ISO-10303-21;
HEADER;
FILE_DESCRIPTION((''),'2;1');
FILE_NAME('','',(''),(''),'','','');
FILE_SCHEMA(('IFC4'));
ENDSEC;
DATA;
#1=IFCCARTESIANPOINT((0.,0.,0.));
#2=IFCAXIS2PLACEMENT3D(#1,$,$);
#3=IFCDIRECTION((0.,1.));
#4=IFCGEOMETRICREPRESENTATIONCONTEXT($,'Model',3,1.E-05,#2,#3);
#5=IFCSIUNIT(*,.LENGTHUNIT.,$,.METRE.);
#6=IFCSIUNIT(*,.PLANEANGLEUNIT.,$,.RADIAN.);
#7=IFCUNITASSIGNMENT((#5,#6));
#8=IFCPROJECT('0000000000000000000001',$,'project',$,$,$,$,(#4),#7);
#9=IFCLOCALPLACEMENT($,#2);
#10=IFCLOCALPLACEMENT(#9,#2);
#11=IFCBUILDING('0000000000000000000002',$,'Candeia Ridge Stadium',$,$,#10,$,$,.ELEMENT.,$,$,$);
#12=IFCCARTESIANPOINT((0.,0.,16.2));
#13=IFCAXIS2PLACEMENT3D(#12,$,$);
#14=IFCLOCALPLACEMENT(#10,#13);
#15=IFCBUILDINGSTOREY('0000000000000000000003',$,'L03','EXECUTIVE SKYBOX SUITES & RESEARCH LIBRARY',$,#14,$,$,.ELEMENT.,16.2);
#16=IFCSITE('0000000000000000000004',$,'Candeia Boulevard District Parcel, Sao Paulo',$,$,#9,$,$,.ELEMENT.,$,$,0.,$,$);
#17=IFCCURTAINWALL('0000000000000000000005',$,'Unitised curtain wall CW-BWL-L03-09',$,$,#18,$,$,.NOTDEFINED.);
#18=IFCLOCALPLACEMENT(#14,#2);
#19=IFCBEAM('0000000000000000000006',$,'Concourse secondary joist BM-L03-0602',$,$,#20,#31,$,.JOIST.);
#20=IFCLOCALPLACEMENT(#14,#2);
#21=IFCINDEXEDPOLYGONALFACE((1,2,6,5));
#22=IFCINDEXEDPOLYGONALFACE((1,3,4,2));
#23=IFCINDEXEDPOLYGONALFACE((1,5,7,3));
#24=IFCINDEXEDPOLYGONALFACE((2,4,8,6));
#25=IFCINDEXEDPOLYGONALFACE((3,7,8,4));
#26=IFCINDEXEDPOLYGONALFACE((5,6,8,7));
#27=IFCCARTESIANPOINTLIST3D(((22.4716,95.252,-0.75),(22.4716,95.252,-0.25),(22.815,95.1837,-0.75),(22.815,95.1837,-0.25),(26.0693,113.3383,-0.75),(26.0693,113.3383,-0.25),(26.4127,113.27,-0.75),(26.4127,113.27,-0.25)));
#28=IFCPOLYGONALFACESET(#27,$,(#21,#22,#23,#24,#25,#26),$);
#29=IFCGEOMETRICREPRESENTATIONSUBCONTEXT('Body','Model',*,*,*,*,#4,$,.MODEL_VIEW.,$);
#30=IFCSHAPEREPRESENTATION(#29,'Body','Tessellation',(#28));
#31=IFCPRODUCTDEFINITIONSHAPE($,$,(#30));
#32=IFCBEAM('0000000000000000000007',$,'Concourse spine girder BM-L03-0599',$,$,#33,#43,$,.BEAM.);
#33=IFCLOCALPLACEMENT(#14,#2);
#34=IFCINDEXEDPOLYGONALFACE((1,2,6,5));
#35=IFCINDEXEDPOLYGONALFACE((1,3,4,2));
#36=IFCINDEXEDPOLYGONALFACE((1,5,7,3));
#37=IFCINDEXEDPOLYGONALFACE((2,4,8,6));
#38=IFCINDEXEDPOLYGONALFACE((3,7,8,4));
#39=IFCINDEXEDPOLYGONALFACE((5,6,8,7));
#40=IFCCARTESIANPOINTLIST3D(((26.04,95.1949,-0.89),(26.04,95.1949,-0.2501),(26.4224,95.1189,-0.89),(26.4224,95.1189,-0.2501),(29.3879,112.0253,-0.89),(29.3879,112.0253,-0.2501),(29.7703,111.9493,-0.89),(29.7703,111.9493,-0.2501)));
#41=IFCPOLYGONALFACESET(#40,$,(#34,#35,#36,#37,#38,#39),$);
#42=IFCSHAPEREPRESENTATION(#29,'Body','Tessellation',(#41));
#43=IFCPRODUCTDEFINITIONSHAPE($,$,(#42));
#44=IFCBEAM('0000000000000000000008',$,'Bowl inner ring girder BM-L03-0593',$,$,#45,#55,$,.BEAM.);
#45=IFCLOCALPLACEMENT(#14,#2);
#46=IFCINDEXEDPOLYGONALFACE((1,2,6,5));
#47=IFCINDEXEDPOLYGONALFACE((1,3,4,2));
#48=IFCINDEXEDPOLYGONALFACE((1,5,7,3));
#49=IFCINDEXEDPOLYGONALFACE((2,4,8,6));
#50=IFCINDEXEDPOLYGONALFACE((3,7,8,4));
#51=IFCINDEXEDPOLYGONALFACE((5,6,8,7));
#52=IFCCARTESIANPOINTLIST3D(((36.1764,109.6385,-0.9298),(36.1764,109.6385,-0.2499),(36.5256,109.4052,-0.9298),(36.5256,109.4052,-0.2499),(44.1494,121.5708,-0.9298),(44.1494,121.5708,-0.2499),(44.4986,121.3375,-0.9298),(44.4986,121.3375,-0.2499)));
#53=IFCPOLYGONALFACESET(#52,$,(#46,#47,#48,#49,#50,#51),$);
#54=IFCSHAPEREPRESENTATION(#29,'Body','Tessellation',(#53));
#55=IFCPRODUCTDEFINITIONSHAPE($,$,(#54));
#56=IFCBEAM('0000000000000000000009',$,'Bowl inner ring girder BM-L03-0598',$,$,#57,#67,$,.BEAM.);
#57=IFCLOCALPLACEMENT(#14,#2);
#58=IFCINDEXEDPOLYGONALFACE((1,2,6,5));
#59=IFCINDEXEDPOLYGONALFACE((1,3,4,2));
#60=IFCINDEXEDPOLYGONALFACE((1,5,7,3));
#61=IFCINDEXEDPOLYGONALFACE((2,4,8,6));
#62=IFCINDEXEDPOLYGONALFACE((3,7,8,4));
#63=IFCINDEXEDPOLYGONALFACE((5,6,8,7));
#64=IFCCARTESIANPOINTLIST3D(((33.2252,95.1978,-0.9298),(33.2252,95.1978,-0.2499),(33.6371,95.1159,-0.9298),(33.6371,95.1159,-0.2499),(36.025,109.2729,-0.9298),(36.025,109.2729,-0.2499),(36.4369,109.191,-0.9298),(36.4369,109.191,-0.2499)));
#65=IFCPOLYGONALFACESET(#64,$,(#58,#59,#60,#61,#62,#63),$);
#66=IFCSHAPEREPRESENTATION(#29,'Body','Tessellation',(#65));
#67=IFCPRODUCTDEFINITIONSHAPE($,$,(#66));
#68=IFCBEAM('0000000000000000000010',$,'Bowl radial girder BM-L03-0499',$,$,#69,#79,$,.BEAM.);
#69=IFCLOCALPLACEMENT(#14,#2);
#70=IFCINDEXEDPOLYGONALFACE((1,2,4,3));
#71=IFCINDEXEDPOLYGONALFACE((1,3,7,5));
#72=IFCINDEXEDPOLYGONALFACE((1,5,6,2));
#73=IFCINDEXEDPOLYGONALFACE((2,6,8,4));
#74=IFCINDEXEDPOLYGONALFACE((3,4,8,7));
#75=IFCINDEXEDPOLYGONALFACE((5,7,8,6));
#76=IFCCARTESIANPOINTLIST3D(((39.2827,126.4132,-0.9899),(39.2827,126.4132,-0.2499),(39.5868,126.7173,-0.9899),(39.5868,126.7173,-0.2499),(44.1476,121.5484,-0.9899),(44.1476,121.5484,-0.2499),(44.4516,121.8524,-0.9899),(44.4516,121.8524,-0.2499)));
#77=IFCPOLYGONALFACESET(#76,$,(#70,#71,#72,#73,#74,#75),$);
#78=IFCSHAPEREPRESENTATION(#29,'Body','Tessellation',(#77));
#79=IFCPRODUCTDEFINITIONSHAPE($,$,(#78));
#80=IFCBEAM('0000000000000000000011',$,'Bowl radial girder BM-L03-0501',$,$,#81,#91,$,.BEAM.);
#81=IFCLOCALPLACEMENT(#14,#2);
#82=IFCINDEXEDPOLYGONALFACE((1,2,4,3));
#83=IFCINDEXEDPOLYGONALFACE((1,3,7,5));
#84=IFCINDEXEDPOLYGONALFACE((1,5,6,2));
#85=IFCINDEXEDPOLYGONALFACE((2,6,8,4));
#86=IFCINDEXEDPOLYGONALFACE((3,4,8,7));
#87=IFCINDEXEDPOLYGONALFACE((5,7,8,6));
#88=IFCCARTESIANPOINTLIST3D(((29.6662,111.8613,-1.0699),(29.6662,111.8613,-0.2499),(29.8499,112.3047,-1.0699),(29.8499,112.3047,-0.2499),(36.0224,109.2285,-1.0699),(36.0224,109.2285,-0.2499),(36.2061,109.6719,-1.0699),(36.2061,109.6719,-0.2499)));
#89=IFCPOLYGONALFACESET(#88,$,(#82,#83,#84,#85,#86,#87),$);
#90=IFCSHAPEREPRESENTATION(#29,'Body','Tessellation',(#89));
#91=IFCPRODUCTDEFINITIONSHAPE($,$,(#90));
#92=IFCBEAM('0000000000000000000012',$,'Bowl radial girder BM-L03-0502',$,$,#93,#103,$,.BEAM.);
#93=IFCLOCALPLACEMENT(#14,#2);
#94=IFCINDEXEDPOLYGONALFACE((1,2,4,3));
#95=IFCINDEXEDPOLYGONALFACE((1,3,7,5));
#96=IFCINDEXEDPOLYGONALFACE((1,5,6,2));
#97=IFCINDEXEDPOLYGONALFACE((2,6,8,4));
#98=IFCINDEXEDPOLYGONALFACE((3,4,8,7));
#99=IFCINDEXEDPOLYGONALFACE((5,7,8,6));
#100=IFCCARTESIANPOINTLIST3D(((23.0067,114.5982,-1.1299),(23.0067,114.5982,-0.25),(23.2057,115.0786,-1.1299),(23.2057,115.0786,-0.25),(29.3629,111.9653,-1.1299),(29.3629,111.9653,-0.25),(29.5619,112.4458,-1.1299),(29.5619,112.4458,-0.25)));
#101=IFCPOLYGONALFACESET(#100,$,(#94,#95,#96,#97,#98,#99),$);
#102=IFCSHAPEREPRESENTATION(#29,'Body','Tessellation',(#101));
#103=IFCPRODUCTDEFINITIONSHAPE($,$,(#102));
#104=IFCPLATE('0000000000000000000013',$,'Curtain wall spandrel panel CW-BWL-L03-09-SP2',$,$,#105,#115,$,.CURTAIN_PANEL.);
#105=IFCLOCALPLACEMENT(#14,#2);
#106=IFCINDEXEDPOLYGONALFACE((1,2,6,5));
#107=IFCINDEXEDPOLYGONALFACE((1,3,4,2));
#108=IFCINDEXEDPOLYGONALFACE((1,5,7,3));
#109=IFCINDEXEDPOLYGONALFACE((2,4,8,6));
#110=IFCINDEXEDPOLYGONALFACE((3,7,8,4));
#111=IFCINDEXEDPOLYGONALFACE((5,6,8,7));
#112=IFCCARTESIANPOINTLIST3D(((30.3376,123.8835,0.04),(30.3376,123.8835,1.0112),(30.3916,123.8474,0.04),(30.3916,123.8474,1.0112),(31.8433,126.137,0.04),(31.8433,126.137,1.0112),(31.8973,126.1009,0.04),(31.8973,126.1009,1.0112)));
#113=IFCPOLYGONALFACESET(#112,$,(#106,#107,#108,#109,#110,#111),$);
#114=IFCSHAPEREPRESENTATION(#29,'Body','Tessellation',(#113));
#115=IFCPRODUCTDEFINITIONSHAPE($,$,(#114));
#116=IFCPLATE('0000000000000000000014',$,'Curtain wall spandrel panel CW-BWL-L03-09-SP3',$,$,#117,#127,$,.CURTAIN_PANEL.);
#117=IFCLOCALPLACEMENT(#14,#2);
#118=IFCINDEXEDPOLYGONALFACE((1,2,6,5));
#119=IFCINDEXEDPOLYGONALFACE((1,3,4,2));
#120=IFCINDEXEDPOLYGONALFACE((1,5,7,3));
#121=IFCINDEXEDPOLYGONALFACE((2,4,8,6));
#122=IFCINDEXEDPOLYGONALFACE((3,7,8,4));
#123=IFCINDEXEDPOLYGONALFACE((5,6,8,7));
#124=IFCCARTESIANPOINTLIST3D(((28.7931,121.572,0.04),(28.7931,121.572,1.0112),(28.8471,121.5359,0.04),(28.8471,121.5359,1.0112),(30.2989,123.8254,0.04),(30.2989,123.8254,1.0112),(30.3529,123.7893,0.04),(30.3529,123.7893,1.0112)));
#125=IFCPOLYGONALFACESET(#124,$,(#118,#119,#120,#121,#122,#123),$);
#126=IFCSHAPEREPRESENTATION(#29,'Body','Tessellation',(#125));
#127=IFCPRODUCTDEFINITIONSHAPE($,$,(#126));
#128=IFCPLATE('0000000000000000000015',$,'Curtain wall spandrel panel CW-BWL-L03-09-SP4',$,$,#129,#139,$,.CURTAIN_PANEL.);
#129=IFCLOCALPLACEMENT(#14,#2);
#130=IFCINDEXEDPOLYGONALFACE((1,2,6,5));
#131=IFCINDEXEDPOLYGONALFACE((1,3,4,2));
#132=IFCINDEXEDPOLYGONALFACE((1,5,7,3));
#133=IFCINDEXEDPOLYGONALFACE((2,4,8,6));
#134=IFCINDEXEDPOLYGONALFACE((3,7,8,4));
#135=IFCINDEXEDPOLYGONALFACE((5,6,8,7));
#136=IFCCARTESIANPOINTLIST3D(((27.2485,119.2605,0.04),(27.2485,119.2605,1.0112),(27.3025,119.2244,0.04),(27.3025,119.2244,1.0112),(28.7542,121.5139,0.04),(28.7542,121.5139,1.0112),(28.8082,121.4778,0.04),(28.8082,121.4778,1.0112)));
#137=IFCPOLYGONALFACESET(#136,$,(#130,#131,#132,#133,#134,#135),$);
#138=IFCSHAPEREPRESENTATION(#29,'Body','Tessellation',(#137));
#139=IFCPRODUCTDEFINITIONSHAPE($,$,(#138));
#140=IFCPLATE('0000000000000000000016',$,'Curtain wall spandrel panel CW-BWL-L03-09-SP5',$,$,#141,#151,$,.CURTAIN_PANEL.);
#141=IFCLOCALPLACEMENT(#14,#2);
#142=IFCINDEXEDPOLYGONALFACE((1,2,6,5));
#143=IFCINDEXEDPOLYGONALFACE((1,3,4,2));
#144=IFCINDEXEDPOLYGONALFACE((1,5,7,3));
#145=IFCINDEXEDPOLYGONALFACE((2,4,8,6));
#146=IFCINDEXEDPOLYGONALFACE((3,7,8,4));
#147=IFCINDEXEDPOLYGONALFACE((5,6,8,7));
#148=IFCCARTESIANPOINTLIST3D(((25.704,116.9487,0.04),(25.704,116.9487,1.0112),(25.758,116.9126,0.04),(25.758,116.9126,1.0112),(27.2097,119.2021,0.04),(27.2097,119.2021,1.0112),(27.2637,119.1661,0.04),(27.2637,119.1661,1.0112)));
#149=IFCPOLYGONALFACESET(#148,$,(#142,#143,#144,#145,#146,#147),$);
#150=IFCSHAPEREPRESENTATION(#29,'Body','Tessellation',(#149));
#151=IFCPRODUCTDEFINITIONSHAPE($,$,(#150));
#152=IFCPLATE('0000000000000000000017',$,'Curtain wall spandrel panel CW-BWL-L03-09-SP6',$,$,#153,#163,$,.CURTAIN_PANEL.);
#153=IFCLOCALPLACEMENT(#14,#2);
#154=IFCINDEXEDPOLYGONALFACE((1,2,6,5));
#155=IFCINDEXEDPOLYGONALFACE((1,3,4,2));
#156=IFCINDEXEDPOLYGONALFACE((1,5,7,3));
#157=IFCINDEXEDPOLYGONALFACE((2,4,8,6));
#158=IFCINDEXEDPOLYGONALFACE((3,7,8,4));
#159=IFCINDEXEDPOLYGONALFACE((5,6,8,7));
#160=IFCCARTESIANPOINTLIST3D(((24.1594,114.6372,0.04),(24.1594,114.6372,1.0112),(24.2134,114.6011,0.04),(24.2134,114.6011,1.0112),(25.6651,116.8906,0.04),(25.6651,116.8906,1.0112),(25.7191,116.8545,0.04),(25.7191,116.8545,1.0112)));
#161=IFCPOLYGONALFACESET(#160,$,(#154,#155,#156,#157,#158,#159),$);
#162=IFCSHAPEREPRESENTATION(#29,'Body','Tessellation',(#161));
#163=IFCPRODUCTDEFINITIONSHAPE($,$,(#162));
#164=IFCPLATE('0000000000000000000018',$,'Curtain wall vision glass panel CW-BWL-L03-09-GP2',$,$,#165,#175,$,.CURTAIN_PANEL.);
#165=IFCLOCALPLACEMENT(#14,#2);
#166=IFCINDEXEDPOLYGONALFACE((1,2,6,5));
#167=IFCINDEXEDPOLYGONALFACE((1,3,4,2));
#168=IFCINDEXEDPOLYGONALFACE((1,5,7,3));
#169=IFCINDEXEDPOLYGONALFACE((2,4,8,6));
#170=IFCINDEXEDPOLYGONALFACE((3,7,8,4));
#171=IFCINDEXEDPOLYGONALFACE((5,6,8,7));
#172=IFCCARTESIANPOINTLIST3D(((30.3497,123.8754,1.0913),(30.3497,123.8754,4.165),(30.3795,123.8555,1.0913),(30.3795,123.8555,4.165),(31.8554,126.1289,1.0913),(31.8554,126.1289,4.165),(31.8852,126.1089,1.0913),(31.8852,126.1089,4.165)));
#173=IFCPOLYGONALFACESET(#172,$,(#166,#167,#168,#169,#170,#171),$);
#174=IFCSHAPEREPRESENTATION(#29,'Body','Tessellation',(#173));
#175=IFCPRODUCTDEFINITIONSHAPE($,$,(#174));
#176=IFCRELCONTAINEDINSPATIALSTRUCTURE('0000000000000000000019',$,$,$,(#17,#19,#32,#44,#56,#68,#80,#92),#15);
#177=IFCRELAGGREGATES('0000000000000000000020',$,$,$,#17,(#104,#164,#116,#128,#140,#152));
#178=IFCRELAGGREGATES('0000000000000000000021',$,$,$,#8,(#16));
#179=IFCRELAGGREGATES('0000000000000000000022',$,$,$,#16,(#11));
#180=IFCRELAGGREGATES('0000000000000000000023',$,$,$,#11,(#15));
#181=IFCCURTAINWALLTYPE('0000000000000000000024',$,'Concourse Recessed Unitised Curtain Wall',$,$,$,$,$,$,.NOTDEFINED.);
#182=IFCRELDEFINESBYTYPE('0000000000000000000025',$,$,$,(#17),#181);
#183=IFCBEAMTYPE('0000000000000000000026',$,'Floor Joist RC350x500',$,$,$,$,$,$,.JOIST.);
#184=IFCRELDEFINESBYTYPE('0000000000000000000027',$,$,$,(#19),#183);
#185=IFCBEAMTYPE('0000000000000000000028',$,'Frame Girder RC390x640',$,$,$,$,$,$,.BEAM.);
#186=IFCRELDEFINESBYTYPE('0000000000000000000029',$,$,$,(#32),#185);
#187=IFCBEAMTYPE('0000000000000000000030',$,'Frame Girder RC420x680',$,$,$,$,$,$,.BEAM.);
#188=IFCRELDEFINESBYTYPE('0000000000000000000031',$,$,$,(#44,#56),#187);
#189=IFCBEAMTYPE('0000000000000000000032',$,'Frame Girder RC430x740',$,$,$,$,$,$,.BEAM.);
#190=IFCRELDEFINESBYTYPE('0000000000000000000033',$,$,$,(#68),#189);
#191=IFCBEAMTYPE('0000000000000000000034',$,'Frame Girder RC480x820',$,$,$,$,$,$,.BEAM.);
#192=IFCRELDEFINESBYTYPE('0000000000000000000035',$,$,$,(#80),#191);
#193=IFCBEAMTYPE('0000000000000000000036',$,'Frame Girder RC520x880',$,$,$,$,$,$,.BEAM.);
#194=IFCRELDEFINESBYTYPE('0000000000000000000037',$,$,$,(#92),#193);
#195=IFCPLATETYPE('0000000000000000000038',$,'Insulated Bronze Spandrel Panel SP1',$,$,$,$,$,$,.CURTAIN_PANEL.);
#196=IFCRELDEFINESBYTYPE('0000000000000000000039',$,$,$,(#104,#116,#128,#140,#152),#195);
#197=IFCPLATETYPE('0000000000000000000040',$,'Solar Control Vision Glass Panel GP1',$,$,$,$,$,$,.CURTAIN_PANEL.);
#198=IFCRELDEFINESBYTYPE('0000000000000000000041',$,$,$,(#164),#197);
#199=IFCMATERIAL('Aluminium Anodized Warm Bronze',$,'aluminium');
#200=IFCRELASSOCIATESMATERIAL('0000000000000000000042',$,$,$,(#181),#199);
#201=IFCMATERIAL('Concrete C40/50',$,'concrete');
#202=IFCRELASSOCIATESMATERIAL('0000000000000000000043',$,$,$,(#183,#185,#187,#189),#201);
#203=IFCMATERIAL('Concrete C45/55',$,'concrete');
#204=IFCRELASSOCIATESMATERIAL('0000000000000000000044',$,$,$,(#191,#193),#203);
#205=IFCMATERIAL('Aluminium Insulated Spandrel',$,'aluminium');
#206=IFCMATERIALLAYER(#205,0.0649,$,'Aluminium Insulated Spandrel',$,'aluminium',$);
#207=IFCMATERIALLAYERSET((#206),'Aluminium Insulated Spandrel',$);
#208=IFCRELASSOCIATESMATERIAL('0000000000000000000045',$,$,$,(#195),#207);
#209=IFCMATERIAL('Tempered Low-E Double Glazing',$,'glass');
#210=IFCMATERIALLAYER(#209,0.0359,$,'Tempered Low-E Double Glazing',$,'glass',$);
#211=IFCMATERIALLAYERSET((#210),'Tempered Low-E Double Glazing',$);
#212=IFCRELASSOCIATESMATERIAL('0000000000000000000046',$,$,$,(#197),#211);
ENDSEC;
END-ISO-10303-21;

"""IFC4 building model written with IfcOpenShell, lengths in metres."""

from ifc_helpers import new_model, si_unit, direction, frame, origin, origin_2d, place, context, subcontext, project, spatial, rectangle, extrude, material, layer, layer_set, material_profile, profile_set, type_object, element, aggregate, save


model = new_model("IFC4")

# Units and contexts
model_context = context("Model", 3, precision=1e-05, world=origin(), true_north=direction((0.0, 1.0)))
body_context = subcontext(model_context, "Body", "Model", "MODEL_VIEW")
ifc_project = project(units=[si_unit("LENGTHUNIT", "METRE"), si_unit("PLANEANGLEUNIT", "RADIAN")], contexts=[model_context])

# Site, building, storey
site_placement = place(None, origin())
site = spatial("IfcSite", under=ifc_project, at=site_placement, Name="Candeia Boulevard District Parcel, Sao Paulo", CompositionType="ELEMENT", RefElevation=0.0)
building_placement = place(site_placement, origin())
building = spatial("IfcBuilding", under=site, at=building_placement, Name="Candeia Ridge Stadium", CompositionType="ELEMENT")
storey_placement = place(building_placement, frame((0.0, 0.0, 16.2)))
storey = spatial("IfcBuildingStorey", under=building, at=storey_placement, Name="L03", Description="EXECUTIVE SKYBOX SUITES & RESEARCH LIBRARY", CompositionType="ELEMENT", Elevation=16.2)

# Shared definitions
ifc_material_1 = material(Name="Concrete C40/50", Category="concrete")

# Curtain wall
ifc_material_2 = material(Name="Aluminium Anodized Warm Bronze", Category="aluminium")
curtain_wall_type = type_object("IfcCurtainWallType", Name="Concourse Recessed Unitised Curtain Wall", PredefinedType="NOTDEFINED", material=ifc_material_2)
curtain_wall_placement = place(storey_placement, origin())
curtain_wall = element("IfcCurtainWall", 1, at=curtain_wall_placement, inside=storey, type_object=curtain_wall_type, Name="Unitised curtain wall CW-BWL-L03-09", PredefinedType="NOTDEFINED")

# Beams
ifc_material_profile_1 = material_profile(ifc_material_1, rectangle(XDim=0.3501, YDim=0.5, at=origin_2d()), Name="RC350x500", Category="concrete")
ifc_profile_set_1 = profile_set([ifc_material_profile_1], Name="Concrete C40/50")
beam_type_1 = type_object("IfcBeamType", Name="Floor Joist RC350x500", PredefinedType="JOIST", material=ifc_profile_set_1)
beam_1_placement = place(storey_placement, frame((26.241, 113.3042, -0.5), z_axis=(-0.195093, -0.980785, 0.0), x_axis=(0.980785, -0.195093, 0.0)))
element("IfcBeam", 2, at=beam_1_placement, inside=storey, type_object=beam_type_1, Name="Concourse secondary joist BM-L03-0602", PredefinedType="JOIST", context=body_context, shape_type="SweptSolid", body=[
    extrude(rectangle(XDim=0.3501, YDim=0.5, at=origin_2d()), origin(), (0.0, 0.0, 1.0), 18.4407),
])
ifc_material_profile_2 = material_profile(ifc_material_1, rectangle(XDim=0.3899, YDim=0.6399, at=origin_2d()), Name="RC390x640", Category="concrete")
ifc_profile_set_2 = profile_set([ifc_material_profile_2], Name="Concrete C40/50")
beam_type_2 = type_object("IfcBeamType", Name="Frame Girder RC390x640", PredefinedType="BEAM", material=ifc_profile_set_2)
beam_2_placement = place(storey_placement, frame((29.5791, 111.9873, -0.5701), z_axis=(-0.195098, -0.980784, 0.0), x_axis=(0.980784, -0.195098, 0.0)))
element("IfcBeam", 3, at=beam_2_placement, inside=storey, type_object=beam_type_2, Name="Concourse spine girder BM-L03-0599", PredefinedType="BEAM", context=body_context, shape_type="SweptSolid", body=[
    extrude(rectangle(XDim=0.3899, YDim=0.6399, at=origin_2d()), origin(), (0.0, 0.0, 1.0), 17.1602),
])
ifc_material_profile_3 = material_profile(ifc_material_1, rectangle(XDim=0.4199, YDim=0.6799, at=origin_2d()), Name="RC420x680", Category="concrete")
ifc_profile_set_3 = profile_set([ifc_material_profile_3], Name="Concrete C40/50")
beam_type_3 = type_object("IfcBeamType", Name="Frame Girder RC420x680", PredefinedType="BEAM", material=ifc_profile_set_3)
for number, where, z_axis, x_axis, name in (
    (4, (44.324, 121.4541, -0.5898), (-0.555575, -0.831466, 0.0), (0.831466, -0.555575, 0.0), "Bowl inner ring girder BM-L03-0593"),
    (5, (36.231, 109.2319, -0.5898), (-0.195099, -0.980784, 0.0), (0.980784, -0.195099, 0.0), "Bowl inner ring girder BM-L03-0598"),
):
    element("IfcBeam", number, at=place(storey_placement, frame(where, z_axis=z_axis, x_axis=x_axis)), inside=storey, type_object=beam_type_3, Name=name, PredefinedType="BEAM", context=body_context, shape_type="SweptSolid", body=[
        extrude(rectangle(XDim=0.4199, YDim=0.6799, at=origin_2d()), origin(), (0.0, 0.0, 1.0), 14.3508),
    ])
ifc_material_profile_4 = material_profile(ifc_material_1, rectangle(XDim=0.4299, YDim=0.74, at=origin_2d()), Name="RC430x740", Category="concrete")
ifc_profile_set_4 = profile_set([ifc_material_profile_4], Name="Concrete C40/50")
beam_type_4 = type_object("IfcBeamType", Name="Frame Girder RC430x740", PredefinedType="BEAM", material=ifc_profile_set_4)
beam_3_placement = place(storey_placement, frame((44.2996, 121.7004, -0.6199), z_axis=(-0.707107, 0.707107, 0.0), x_axis=(-0.707107, -0.707107, 0.0)))
element("IfcBeam", 6, at=beam_3_placement, inside=storey, type_object=beam_type_4, Name="Bowl radial girder BM-L03-0499", PredefinedType="BEAM", context=body_context, shape_type="SweptSolid", body=[
    extrude(rectangle(XDim=0.4299, YDim=0.74, at=origin_2d()), origin(), (0.0, 0.0, 1.0), 6.8799),
])
ifc_material_3 = material(Name="Concrete C45/55", Category="concrete")
ifc_material_profile_5 = material_profile(ifc_material_3, rectangle(XDim=0.48, YDim=0.8201, at=origin_2d()), Name="RC480x820", Category="concrete")
ifc_profile_set_5 = profile_set([ifc_material_profile_5], Name="Concrete C45/55")
beam_type_5 = type_object("IfcBeamType", Name="Frame Girder RC480x820", PredefinedType="BEAM", material=ifc_profile_set_5)
beam_4_placement = place(storey_placement, frame((36.1143, 109.4502, -0.6599), z_axis=(-0.92388, 0.382682, 0.0), x_axis=(-0.382682, -0.92388, 0.0)))
element("IfcBeam", 7, at=beam_4_placement, inside=storey, type_object=beam_type_5, Name="Bowl radial girder BM-L03-0501", PredefinedType="BEAM", context=body_context, shape_type="SweptSolid", body=[
    extrude(rectangle(XDim=0.48, YDim=0.8201, at=origin_2d()), origin(), (0.0, 0.0, 1.0), 6.8799),
])
ifc_material_profile_6 = material_profile(ifc_material_3, rectangle(XDim=0.52, YDim=0.8799, at=origin_2d()), Name="RC520x880", Category="concrete")
ifc_profile_set_6 = profile_set([ifc_material_profile_6], Name="Concrete C45/55")
beam_type_6 = type_object("IfcBeamType", Name="Frame Girder RC520x880", PredefinedType="BEAM", material=ifc_profile_set_6)
beam_5_placement = place(storey_placement, frame((29.4624, 112.2056, -0.6899), z_axis=(-0.92388, 0.382682, 0.0), x_axis=(-0.382682, -0.92388, 0.0)))
element("IfcBeam", 8, at=beam_5_placement, inside=storey, type_object=beam_type_6, Name="Bowl radial girder BM-L03-0502", PredefinedType="BEAM", context=body_context, shape_type="SweptSolid", body=[
    extrude(rectangle(XDim=0.52, YDim=0.8799, at=origin_2d()), origin(), (0.0, 0.0, 1.0), 6.8799),
])

# Plates
ifc_material_4 = material(Name="Aluminium Insulated Spandrel", Category="aluminium")
ifc_layer_1 = layer(ifc_material_4, 0.0649, Name="Aluminium Insulated Spandrel", Category="aluminium")
ifc_layer_set_1 = layer_set([ifc_layer_1], Name="Aluminium Insulated Spandrel")
plate_type_1 = type_object("IfcPlateType", Name="Insulated Bronze Spandrel Panel SP1", PredefinedType="CURTAIN_PANEL", material=ifc_layer_set_1)
plate_1_placement = place(storey_placement, frame((31.1174, 124.9922, 0.04), z_axis=(0.0, 0.0, 1.0), x_axis=(-0.555571, -0.831469, 0.0)))
plate_1 = element("IfcPlate", 9, at=plate_1_placement, type_object=plate_type_1, Name="Curtain wall spandrel panel CW-BWL-L03-09-SP2", PredefinedType="CURTAIN_PANEL", context=body_context, shape_type="SweptSolid", body=[
    extrude(rectangle(XDim=2.7102, YDim=0.0649, at=origin_2d()), origin(), (0.0, 0.0, 1.0), 0.9712),
])
plate_2_placement = place(storey_placement, frame((29.573, 122.6807, 0.04), z_axis=(0.0, 0.0, 1.0), x_axis=(-0.555571, -0.831469, 0.0)))
plate_2 = element("IfcPlate", 10, at=plate_2_placement, type_object=plate_type_1, Name="Curtain wall spandrel panel CW-BWL-L03-09-SP3", PredefinedType="CURTAIN_PANEL", context=body_context, shape_type="SweptSolid", body=[
    extrude(rectangle(XDim=2.7102, YDim=0.0649, at=origin_2d()), origin(), (0.0, 0.0, 1.0), 0.9712),
])
plate_3_placement = place(storey_placement, frame((28.0283, 120.3691, 0.04), z_axis=(0.0, 0.0, 1.0), x_axis=(-0.555571, -0.831469, 0.0)))
plate_3 = element("IfcPlate", 11, at=plate_3_placement, type_object=plate_type_1, Name="Curtain wall spandrel panel CW-BWL-L03-09-SP4", PredefinedType="CURTAIN_PANEL", context=body_context, shape_type="SweptSolid", body=[
    extrude(rectangle(XDim=2.7102, YDim=0.0649, at=origin_2d()), origin(), (0.0, 0.0, 1.0), 0.9712),
])
plate_4_placement = place(storey_placement, frame((26.4839, 118.0574, 0.04), z_axis=(0.0, 0.0, 1.0), x_axis=(-0.555571, -0.831469, 0.0)))
plate_4 = element("IfcPlate", 12, at=plate_4_placement, type_object=plate_type_1, Name="Curtain wall spandrel panel CW-BWL-L03-09-SP5", PredefinedType="CURTAIN_PANEL", context=body_context, shape_type="SweptSolid", body=[
    extrude(rectangle(XDim=2.7102, YDim=0.0649, at=origin_2d()), origin(), (0.0, 0.0, 1.0), 0.9712),
])
plate_5_placement = place(storey_placement, frame((24.9392, 115.7458, 0.04), z_axis=(0.0, 0.0, 1.0), x_axis=(-0.555571, -0.831469, 0.0)))
plate_5 = element("IfcPlate", 13, at=plate_5_placement, type_object=plate_type_1, Name="Curtain wall spandrel panel CW-BWL-L03-09-SP6", PredefinedType="CURTAIN_PANEL", context=body_context, shape_type="SweptSolid", body=[
    extrude(rectangle(XDim=2.7102, YDim=0.0649, at=origin_2d()), origin(), (0.0, 0.0, 1.0), 0.9712),
])
ifc_material_5 = material(Name="Tempered Low-E Double Glazing", Category="glass")
ifc_layer_2 = layer(ifc_material_5, 0.0359, Name="Tempered Low-E Double Glazing", Category="glass")
ifc_layer_set_2 = layer_set([ifc_layer_2], Name="Tempered Low-E Double Glazing")
plate_type_2 = type_object("IfcPlateType", Name="Solar Control Vision Glass Panel GP1", PredefinedType="CURTAIN_PANEL", material=ifc_layer_set_2)
plate_6_placement = place(storey_placement, frame((31.1174, 124.9922, 1.0913), z_axis=(0.0, 0.0, 1.0), x_axis=(-0.555571, -0.831469, 0.0)))
plate_6 = element("IfcPlate", 14, at=plate_6_placement, type_object=plate_type_2, Name="Curtain wall vision glass panel CW-BWL-L03-09-GP2", PredefinedType="CURTAIN_PANEL", context=body_context, shape_type="SweptSolid", body=[
    extrude(rectangle(XDim=2.7102, YDim=0.0359, at=origin_2d()), origin(), (0.0, 0.0, 1.0), 3.0737),
])
aggregate(curtain_wall, [plate_1, plate_6, plate_2, plate_3, plate_4, plate_5])

save(model, "model.ifc")
